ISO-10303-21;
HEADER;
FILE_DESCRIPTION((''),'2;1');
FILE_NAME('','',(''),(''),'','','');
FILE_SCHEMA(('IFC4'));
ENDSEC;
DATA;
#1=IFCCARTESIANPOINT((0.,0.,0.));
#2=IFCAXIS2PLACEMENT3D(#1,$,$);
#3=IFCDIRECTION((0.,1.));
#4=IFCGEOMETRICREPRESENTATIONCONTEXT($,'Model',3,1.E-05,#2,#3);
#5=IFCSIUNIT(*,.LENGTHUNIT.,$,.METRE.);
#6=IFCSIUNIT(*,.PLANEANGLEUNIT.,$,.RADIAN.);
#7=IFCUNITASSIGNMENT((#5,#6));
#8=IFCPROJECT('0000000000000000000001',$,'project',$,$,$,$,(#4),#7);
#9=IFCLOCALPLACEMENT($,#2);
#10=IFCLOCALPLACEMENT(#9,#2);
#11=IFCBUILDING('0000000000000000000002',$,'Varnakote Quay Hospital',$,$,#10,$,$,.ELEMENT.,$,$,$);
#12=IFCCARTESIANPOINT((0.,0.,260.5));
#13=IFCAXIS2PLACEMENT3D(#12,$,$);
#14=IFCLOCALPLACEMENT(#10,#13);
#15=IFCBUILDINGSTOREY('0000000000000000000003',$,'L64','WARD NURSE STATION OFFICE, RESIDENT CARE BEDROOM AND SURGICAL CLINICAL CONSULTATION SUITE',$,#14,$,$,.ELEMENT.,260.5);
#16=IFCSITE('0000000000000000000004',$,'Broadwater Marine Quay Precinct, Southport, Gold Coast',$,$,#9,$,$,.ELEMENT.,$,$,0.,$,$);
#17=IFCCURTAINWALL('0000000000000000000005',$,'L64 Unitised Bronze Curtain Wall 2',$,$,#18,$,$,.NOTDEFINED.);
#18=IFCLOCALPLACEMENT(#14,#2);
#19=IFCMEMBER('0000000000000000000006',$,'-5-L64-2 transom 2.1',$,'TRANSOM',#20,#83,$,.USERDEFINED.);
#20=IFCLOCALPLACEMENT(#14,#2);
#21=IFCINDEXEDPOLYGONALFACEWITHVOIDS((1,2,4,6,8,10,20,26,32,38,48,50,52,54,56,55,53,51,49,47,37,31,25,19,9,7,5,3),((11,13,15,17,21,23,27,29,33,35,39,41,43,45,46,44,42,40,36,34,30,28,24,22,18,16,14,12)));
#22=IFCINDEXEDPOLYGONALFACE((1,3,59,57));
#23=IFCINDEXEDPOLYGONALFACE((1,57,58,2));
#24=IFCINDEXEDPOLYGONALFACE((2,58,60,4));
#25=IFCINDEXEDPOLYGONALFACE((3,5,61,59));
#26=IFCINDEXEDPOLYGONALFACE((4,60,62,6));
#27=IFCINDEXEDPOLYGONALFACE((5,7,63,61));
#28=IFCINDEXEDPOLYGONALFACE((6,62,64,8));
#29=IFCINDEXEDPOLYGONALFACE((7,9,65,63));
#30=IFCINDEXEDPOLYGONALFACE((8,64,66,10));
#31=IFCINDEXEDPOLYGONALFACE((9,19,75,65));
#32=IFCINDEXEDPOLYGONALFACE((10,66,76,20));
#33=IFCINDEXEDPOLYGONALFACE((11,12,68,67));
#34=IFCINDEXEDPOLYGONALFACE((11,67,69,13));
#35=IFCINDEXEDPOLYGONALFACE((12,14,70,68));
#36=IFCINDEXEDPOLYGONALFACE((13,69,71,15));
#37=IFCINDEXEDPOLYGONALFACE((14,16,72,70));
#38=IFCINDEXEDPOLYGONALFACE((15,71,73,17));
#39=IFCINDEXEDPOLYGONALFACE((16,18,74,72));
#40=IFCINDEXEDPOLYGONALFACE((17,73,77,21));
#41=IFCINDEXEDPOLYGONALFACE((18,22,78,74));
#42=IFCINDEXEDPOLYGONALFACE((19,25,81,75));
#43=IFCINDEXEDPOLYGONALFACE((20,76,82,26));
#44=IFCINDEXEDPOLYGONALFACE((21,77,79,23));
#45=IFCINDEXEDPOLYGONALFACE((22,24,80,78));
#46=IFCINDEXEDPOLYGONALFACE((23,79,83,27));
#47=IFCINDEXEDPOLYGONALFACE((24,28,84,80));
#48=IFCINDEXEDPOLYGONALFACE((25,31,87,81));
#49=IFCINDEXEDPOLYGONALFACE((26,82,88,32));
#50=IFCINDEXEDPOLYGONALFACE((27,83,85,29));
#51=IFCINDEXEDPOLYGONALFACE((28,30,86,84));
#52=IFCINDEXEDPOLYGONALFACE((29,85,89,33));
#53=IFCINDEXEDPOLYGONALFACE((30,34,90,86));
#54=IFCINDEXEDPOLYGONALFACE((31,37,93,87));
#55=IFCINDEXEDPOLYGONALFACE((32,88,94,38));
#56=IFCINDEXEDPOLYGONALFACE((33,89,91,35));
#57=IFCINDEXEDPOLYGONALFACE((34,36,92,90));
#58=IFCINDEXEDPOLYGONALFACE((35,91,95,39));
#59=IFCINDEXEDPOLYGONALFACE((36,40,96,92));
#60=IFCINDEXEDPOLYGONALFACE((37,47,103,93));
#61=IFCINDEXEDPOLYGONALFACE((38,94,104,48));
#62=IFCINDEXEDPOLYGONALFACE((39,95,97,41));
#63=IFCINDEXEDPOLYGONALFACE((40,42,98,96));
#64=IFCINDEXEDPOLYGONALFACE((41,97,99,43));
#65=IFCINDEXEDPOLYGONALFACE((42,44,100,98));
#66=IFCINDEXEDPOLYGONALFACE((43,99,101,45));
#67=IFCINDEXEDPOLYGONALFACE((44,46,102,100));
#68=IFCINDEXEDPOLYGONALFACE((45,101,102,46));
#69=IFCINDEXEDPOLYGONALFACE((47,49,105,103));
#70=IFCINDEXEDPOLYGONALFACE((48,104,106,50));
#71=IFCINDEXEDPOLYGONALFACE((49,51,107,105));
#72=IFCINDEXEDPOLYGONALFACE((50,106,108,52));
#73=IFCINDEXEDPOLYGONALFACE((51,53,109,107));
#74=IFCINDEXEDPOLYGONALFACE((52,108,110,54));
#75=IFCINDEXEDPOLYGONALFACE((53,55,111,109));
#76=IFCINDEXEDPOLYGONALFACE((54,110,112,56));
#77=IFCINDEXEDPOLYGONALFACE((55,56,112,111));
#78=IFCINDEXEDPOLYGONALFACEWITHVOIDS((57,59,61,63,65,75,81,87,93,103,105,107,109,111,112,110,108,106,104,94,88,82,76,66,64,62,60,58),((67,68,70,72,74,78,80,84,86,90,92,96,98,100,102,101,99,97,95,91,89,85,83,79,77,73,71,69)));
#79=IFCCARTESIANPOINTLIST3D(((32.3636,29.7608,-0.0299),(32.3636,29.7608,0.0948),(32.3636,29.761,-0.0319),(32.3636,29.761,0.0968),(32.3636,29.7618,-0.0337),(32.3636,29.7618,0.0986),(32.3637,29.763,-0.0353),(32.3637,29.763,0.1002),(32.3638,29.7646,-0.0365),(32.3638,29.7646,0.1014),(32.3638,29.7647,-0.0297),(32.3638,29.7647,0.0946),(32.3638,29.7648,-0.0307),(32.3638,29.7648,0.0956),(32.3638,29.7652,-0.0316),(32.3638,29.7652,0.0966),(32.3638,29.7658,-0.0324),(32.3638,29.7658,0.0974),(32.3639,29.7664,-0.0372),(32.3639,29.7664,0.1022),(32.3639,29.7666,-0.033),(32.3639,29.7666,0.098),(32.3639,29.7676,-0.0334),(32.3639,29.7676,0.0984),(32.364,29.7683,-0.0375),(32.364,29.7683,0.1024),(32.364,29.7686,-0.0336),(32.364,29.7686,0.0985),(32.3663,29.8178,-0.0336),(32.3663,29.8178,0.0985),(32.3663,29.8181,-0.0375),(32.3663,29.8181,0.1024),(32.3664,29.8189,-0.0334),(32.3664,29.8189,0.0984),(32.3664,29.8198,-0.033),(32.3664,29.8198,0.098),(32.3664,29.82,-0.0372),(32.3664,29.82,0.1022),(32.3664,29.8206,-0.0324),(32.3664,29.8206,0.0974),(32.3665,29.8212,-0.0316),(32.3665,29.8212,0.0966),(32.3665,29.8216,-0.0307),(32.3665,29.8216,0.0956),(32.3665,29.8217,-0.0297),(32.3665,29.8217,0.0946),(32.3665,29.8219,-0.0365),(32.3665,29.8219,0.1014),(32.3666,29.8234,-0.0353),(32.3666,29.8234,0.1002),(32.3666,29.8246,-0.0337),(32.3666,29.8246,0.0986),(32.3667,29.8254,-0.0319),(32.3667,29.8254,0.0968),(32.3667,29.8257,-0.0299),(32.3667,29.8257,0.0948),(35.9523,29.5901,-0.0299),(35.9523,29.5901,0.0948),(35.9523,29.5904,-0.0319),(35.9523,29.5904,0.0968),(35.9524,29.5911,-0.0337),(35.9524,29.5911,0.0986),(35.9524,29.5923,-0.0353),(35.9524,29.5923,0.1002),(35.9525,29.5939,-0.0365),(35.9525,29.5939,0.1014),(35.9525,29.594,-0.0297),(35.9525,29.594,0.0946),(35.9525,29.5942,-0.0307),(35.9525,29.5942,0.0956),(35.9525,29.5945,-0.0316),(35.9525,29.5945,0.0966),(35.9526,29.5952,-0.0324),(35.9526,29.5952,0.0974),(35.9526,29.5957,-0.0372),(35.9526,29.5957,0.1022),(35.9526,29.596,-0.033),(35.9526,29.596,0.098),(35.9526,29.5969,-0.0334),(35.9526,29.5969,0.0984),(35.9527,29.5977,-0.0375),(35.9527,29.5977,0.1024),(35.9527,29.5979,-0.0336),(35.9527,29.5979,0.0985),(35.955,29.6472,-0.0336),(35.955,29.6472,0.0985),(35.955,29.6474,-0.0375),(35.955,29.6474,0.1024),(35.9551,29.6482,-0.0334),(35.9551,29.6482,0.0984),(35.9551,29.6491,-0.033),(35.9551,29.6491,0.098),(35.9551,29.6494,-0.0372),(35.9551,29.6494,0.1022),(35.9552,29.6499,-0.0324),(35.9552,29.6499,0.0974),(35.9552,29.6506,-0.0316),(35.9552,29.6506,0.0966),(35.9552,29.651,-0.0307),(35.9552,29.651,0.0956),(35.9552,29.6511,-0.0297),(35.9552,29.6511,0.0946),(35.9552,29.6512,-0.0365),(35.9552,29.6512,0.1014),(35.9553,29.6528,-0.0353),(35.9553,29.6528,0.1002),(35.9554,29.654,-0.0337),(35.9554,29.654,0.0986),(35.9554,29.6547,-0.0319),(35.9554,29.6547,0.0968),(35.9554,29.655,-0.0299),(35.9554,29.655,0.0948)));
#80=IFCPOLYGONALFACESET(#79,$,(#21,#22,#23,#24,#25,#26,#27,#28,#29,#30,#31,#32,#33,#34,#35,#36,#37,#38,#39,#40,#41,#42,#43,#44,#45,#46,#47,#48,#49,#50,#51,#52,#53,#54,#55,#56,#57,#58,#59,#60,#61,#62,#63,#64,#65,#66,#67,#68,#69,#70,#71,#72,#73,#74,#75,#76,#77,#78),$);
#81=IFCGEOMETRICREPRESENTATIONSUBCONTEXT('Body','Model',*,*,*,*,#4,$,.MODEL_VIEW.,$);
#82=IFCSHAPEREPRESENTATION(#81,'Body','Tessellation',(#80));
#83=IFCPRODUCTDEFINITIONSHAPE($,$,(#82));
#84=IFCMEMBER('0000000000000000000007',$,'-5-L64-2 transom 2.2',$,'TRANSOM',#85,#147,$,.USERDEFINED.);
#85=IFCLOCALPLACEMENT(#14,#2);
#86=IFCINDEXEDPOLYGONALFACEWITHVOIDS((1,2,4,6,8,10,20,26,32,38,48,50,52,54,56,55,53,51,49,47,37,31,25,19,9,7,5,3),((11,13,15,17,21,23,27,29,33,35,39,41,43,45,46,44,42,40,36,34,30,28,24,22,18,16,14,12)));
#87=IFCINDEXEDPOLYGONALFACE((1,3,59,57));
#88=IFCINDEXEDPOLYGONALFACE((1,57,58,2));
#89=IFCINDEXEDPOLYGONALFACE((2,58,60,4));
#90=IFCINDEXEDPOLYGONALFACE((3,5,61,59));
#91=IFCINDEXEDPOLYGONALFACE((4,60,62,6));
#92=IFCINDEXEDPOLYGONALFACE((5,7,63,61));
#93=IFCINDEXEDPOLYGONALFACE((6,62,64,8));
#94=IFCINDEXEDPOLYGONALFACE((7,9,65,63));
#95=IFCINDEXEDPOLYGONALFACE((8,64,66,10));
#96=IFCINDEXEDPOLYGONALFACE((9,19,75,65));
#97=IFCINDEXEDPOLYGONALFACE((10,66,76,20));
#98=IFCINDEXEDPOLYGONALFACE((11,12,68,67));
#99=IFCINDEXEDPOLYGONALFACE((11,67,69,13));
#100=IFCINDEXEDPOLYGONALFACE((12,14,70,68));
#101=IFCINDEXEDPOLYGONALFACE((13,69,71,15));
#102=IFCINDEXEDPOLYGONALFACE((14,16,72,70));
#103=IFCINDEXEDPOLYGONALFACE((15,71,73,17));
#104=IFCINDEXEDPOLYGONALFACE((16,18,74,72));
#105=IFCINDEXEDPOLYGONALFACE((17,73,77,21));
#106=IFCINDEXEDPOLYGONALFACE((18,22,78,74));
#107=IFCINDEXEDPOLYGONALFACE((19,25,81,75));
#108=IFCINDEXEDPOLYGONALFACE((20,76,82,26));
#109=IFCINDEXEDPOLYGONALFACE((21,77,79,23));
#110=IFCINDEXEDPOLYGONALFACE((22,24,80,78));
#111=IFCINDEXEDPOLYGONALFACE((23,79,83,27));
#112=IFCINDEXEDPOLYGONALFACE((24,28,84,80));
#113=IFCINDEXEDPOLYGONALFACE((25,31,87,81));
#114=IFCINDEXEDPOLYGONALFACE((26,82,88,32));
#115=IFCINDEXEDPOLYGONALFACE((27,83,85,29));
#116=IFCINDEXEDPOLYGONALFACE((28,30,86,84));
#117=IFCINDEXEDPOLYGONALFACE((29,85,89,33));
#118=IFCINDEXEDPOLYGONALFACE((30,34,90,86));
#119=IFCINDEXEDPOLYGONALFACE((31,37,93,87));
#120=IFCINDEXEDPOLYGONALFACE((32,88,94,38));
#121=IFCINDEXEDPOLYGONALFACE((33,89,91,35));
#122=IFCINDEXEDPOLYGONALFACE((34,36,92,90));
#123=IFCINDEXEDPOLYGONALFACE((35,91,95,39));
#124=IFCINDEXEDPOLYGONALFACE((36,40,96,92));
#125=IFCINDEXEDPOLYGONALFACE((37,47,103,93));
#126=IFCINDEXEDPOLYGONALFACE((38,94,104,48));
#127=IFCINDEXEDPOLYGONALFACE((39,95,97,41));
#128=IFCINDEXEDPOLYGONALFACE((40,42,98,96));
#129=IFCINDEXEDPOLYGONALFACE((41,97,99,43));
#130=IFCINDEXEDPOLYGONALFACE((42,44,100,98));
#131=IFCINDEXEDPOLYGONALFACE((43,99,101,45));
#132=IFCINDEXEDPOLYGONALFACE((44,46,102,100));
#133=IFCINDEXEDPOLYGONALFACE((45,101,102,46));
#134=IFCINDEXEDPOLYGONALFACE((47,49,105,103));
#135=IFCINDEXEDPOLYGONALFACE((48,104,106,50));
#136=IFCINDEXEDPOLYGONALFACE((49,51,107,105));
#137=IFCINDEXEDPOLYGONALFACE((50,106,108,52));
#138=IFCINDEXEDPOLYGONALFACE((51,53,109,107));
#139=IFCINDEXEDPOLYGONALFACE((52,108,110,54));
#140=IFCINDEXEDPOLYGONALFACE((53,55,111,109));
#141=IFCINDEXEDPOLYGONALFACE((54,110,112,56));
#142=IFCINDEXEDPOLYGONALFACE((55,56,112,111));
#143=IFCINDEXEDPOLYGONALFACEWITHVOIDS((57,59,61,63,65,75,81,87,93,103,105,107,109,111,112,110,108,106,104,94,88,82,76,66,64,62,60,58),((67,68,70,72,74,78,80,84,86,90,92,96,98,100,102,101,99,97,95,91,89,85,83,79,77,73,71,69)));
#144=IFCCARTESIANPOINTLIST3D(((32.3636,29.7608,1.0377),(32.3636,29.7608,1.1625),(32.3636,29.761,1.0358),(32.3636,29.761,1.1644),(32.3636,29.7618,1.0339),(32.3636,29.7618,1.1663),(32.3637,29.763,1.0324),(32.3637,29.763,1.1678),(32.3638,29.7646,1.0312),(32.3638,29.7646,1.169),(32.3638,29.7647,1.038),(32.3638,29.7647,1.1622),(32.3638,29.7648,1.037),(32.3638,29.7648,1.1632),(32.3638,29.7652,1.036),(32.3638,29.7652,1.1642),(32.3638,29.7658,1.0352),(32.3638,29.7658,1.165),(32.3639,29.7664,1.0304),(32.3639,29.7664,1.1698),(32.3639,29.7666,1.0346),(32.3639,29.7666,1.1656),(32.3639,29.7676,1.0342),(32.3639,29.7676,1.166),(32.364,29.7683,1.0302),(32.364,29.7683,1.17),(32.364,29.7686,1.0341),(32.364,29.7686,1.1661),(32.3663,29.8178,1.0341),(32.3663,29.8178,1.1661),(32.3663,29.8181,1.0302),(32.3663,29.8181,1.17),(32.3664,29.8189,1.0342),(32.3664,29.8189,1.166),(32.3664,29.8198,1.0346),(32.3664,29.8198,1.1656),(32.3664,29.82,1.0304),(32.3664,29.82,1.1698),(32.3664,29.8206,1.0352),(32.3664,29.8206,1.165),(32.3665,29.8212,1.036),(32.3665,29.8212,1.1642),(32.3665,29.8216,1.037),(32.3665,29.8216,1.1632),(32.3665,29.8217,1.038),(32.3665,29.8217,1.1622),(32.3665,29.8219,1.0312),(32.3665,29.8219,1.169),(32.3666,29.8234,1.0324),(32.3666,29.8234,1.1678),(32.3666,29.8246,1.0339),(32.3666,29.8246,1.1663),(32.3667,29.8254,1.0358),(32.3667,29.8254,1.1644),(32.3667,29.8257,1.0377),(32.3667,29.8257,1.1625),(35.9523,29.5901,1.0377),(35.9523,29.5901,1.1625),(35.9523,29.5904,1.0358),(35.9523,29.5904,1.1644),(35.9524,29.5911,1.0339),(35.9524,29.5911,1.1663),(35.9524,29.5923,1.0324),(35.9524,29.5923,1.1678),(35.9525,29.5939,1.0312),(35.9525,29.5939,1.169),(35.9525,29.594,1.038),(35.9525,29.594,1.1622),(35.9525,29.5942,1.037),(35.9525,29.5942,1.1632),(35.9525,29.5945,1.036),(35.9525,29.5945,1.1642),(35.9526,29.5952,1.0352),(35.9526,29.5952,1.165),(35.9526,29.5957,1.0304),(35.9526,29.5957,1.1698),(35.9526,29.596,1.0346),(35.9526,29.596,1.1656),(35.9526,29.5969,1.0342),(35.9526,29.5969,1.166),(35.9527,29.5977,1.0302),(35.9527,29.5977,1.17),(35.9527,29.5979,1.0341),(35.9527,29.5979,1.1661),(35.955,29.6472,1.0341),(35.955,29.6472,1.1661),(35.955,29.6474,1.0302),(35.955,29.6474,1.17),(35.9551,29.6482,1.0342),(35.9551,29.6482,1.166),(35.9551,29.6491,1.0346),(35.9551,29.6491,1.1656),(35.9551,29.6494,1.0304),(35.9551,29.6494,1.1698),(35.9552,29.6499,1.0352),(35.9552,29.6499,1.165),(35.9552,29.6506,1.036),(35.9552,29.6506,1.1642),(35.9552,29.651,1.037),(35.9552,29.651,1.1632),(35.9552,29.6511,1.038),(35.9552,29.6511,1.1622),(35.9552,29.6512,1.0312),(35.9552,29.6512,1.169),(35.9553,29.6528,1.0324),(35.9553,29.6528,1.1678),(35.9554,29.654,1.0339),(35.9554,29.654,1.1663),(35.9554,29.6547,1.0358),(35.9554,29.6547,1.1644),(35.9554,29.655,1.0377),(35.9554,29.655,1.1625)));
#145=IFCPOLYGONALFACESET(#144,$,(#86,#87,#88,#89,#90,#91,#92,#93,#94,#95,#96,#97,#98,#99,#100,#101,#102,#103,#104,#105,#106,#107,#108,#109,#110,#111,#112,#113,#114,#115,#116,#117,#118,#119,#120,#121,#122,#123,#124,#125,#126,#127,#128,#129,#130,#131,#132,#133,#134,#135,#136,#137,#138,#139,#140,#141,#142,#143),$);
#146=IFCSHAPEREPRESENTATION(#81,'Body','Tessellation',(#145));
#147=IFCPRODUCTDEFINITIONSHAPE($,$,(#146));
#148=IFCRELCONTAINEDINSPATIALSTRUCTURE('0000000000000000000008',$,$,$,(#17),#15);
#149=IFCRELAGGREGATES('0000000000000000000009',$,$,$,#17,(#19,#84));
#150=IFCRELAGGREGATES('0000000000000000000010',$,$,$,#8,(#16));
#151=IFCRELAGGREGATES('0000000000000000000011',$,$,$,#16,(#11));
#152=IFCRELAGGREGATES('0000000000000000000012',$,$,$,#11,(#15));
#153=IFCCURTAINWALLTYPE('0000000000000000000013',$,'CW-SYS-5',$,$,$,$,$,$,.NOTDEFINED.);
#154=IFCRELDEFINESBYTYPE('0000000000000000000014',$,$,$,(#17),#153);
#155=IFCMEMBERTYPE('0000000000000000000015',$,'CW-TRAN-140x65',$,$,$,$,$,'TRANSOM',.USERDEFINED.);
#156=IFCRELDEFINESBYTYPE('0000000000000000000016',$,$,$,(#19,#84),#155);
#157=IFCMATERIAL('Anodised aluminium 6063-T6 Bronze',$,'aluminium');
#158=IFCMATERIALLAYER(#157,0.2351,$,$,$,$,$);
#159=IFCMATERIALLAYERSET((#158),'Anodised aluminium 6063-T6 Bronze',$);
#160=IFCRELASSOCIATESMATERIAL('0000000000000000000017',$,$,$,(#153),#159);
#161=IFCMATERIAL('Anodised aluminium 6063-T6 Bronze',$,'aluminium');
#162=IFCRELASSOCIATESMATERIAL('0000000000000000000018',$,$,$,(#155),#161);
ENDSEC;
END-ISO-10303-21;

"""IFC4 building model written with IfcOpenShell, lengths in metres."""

from ifc_helpers import new_model, si_unit, direction, frame, origin, origin_2d, place, context, subcontext, project, spatial, hollow_rectangle, extrude, material, layer, layer_set, material_profile, profile_set, type_object, element, aggregate, save


model = new_model("IFC4")

# Units and contexts
model_context = context("Model", 3, precision=1e-05, world=origin(), true_north=direction((0.0, 1.0)))
body_context = subcontext(model_context, "Body", "Model", "MODEL_VIEW")
ifc_project = project(units=[si_unit("LENGTHUNIT", "METRE"), si_unit("PLANEANGLEUNIT", "RADIAN")], contexts=[model_context])

# Site, building, storey
site_placement = place(None, origin())
site = spatial("IfcSite", under=ifc_project, at=site_placement, Name="Broadwater Marine Quay Precinct, Southport, Gold Coast", CompositionType="ELEMENT", RefElevation=0.0)
building_placement = place(site_placement, origin())
building = spatial("IfcBuilding", under=site, at=building_placement, Name="Varnakote Quay Hospital", CompositionType="ELEMENT")
storey_placement = place(building_placement, frame((0.0, 0.0, 260.5)))
storey = spatial("IfcBuildingStorey", under=building, at=storey_placement, Name="L64", Description="WARD NURSE STATION OFFICE, RESIDENT CARE BEDROOM AND SURGICAL CLINICAL CONSULTATION SUITE", CompositionType="ELEMENT", Elevation=260.5)

# Curtain wall, members
ifc_material_1 = material(Name="Anodised aluminium 6063-T6 Bronze", Category="aluminium")
ifc_layer_1 = layer(ifc_material_1, 0.2351)
ifc_layer_set_1 = layer_set([ifc_layer_1], Name="Anodised aluminium 6063-T6 Bronze")
curtain_wall_type = type_object("IfcCurtainWallType", Name="CW-SYS-5", PredefinedType="NOTDEFINED", material=ifc_layer_set_1)
curtain_wall_placement = place(storey_placement, origin())
curtain_wall = element("IfcCurtainWall", 1, at=curtain_wall_placement, inside=storey, type_object=curtain_wall_type, Name="L64 Unitised Bronze Curtain Wall 2", PredefinedType="NOTDEFINED")
ifc_material_2 = material(Name="Anodised aluminium 6063-T6 Bronze", Category="aluminium")
ifc_material_profile_1 = material_profile(ifc_material_2, hollow_rectangle(XDim=0.0649, YDim=0.1399, WallThickness=0.0039, InnerFilletRadius=0.0039, OuterFilletRadius=0.0076, at=origin_2d()), Name="CW-TRAN-140x65")
ifc_profile_set_1 = profile_set([ifc_material_profile_1], Name="Anodised aluminium 6063-T6 Bronze")
member_type_1 = type_object("IfcMemberType", Name="CW-TRAN-140x65", ElementType="TRANSOM", PredefinedType="USERDEFINED", material=ifc_profile_set_1)
member_1_placement = place(storey_placement, frame((35.9539, 29.6226, 0.0325), z_axis=(-0.998871, 0.047501, 0.0), x_axis=(-0.047501, -0.998871, 0.0)))
member_1 = element("IfcMember", 2, at=member_1_placement, type_object=member_type_1, Name="-5-L64-2 transom 2.1", ObjectType="TRANSOM", PredefinedType="USERDEFINED", context=body_context, shape_type="SweptSolid", body=[
    extrude(hollow_rectangle(XDim=0.0649, YDim=0.1399, WallThickness=0.0039, InnerFilletRadius=0.0039, OuterFilletRadius=0.0076, at=origin_2d()), origin(), (0.0, 0.0, 1.0), 3.5928),
])
member_2_placement = place(storey_placement, frame((35.9539, 29.6226, 1.1001), z_axis=(-0.998871, 0.047501, 0.0), x_axis=(-0.047501, -0.998871, 0.0)))
member_2 = element("IfcMember", 3, at=member_2_placement, type_object=member_type_1, Name="-5-L64-2 transom 2.2", ObjectType="TRANSOM", PredefinedType="USERDEFINED", context=body_context, shape_type="SweptSolid", body=[
    extrude(hollow_rectangle(XDim=0.0649, YDim=0.1399, WallThickness=0.0039, InnerFilletRadius=0.0039, OuterFilletRadius=0.0076, at=origin_2d()), origin(), (0.0, 0.0, 1.0), 3.5928),
])

aggregate(curtain_wall, [member_1, member_2])

save(model, "model.ifc")
